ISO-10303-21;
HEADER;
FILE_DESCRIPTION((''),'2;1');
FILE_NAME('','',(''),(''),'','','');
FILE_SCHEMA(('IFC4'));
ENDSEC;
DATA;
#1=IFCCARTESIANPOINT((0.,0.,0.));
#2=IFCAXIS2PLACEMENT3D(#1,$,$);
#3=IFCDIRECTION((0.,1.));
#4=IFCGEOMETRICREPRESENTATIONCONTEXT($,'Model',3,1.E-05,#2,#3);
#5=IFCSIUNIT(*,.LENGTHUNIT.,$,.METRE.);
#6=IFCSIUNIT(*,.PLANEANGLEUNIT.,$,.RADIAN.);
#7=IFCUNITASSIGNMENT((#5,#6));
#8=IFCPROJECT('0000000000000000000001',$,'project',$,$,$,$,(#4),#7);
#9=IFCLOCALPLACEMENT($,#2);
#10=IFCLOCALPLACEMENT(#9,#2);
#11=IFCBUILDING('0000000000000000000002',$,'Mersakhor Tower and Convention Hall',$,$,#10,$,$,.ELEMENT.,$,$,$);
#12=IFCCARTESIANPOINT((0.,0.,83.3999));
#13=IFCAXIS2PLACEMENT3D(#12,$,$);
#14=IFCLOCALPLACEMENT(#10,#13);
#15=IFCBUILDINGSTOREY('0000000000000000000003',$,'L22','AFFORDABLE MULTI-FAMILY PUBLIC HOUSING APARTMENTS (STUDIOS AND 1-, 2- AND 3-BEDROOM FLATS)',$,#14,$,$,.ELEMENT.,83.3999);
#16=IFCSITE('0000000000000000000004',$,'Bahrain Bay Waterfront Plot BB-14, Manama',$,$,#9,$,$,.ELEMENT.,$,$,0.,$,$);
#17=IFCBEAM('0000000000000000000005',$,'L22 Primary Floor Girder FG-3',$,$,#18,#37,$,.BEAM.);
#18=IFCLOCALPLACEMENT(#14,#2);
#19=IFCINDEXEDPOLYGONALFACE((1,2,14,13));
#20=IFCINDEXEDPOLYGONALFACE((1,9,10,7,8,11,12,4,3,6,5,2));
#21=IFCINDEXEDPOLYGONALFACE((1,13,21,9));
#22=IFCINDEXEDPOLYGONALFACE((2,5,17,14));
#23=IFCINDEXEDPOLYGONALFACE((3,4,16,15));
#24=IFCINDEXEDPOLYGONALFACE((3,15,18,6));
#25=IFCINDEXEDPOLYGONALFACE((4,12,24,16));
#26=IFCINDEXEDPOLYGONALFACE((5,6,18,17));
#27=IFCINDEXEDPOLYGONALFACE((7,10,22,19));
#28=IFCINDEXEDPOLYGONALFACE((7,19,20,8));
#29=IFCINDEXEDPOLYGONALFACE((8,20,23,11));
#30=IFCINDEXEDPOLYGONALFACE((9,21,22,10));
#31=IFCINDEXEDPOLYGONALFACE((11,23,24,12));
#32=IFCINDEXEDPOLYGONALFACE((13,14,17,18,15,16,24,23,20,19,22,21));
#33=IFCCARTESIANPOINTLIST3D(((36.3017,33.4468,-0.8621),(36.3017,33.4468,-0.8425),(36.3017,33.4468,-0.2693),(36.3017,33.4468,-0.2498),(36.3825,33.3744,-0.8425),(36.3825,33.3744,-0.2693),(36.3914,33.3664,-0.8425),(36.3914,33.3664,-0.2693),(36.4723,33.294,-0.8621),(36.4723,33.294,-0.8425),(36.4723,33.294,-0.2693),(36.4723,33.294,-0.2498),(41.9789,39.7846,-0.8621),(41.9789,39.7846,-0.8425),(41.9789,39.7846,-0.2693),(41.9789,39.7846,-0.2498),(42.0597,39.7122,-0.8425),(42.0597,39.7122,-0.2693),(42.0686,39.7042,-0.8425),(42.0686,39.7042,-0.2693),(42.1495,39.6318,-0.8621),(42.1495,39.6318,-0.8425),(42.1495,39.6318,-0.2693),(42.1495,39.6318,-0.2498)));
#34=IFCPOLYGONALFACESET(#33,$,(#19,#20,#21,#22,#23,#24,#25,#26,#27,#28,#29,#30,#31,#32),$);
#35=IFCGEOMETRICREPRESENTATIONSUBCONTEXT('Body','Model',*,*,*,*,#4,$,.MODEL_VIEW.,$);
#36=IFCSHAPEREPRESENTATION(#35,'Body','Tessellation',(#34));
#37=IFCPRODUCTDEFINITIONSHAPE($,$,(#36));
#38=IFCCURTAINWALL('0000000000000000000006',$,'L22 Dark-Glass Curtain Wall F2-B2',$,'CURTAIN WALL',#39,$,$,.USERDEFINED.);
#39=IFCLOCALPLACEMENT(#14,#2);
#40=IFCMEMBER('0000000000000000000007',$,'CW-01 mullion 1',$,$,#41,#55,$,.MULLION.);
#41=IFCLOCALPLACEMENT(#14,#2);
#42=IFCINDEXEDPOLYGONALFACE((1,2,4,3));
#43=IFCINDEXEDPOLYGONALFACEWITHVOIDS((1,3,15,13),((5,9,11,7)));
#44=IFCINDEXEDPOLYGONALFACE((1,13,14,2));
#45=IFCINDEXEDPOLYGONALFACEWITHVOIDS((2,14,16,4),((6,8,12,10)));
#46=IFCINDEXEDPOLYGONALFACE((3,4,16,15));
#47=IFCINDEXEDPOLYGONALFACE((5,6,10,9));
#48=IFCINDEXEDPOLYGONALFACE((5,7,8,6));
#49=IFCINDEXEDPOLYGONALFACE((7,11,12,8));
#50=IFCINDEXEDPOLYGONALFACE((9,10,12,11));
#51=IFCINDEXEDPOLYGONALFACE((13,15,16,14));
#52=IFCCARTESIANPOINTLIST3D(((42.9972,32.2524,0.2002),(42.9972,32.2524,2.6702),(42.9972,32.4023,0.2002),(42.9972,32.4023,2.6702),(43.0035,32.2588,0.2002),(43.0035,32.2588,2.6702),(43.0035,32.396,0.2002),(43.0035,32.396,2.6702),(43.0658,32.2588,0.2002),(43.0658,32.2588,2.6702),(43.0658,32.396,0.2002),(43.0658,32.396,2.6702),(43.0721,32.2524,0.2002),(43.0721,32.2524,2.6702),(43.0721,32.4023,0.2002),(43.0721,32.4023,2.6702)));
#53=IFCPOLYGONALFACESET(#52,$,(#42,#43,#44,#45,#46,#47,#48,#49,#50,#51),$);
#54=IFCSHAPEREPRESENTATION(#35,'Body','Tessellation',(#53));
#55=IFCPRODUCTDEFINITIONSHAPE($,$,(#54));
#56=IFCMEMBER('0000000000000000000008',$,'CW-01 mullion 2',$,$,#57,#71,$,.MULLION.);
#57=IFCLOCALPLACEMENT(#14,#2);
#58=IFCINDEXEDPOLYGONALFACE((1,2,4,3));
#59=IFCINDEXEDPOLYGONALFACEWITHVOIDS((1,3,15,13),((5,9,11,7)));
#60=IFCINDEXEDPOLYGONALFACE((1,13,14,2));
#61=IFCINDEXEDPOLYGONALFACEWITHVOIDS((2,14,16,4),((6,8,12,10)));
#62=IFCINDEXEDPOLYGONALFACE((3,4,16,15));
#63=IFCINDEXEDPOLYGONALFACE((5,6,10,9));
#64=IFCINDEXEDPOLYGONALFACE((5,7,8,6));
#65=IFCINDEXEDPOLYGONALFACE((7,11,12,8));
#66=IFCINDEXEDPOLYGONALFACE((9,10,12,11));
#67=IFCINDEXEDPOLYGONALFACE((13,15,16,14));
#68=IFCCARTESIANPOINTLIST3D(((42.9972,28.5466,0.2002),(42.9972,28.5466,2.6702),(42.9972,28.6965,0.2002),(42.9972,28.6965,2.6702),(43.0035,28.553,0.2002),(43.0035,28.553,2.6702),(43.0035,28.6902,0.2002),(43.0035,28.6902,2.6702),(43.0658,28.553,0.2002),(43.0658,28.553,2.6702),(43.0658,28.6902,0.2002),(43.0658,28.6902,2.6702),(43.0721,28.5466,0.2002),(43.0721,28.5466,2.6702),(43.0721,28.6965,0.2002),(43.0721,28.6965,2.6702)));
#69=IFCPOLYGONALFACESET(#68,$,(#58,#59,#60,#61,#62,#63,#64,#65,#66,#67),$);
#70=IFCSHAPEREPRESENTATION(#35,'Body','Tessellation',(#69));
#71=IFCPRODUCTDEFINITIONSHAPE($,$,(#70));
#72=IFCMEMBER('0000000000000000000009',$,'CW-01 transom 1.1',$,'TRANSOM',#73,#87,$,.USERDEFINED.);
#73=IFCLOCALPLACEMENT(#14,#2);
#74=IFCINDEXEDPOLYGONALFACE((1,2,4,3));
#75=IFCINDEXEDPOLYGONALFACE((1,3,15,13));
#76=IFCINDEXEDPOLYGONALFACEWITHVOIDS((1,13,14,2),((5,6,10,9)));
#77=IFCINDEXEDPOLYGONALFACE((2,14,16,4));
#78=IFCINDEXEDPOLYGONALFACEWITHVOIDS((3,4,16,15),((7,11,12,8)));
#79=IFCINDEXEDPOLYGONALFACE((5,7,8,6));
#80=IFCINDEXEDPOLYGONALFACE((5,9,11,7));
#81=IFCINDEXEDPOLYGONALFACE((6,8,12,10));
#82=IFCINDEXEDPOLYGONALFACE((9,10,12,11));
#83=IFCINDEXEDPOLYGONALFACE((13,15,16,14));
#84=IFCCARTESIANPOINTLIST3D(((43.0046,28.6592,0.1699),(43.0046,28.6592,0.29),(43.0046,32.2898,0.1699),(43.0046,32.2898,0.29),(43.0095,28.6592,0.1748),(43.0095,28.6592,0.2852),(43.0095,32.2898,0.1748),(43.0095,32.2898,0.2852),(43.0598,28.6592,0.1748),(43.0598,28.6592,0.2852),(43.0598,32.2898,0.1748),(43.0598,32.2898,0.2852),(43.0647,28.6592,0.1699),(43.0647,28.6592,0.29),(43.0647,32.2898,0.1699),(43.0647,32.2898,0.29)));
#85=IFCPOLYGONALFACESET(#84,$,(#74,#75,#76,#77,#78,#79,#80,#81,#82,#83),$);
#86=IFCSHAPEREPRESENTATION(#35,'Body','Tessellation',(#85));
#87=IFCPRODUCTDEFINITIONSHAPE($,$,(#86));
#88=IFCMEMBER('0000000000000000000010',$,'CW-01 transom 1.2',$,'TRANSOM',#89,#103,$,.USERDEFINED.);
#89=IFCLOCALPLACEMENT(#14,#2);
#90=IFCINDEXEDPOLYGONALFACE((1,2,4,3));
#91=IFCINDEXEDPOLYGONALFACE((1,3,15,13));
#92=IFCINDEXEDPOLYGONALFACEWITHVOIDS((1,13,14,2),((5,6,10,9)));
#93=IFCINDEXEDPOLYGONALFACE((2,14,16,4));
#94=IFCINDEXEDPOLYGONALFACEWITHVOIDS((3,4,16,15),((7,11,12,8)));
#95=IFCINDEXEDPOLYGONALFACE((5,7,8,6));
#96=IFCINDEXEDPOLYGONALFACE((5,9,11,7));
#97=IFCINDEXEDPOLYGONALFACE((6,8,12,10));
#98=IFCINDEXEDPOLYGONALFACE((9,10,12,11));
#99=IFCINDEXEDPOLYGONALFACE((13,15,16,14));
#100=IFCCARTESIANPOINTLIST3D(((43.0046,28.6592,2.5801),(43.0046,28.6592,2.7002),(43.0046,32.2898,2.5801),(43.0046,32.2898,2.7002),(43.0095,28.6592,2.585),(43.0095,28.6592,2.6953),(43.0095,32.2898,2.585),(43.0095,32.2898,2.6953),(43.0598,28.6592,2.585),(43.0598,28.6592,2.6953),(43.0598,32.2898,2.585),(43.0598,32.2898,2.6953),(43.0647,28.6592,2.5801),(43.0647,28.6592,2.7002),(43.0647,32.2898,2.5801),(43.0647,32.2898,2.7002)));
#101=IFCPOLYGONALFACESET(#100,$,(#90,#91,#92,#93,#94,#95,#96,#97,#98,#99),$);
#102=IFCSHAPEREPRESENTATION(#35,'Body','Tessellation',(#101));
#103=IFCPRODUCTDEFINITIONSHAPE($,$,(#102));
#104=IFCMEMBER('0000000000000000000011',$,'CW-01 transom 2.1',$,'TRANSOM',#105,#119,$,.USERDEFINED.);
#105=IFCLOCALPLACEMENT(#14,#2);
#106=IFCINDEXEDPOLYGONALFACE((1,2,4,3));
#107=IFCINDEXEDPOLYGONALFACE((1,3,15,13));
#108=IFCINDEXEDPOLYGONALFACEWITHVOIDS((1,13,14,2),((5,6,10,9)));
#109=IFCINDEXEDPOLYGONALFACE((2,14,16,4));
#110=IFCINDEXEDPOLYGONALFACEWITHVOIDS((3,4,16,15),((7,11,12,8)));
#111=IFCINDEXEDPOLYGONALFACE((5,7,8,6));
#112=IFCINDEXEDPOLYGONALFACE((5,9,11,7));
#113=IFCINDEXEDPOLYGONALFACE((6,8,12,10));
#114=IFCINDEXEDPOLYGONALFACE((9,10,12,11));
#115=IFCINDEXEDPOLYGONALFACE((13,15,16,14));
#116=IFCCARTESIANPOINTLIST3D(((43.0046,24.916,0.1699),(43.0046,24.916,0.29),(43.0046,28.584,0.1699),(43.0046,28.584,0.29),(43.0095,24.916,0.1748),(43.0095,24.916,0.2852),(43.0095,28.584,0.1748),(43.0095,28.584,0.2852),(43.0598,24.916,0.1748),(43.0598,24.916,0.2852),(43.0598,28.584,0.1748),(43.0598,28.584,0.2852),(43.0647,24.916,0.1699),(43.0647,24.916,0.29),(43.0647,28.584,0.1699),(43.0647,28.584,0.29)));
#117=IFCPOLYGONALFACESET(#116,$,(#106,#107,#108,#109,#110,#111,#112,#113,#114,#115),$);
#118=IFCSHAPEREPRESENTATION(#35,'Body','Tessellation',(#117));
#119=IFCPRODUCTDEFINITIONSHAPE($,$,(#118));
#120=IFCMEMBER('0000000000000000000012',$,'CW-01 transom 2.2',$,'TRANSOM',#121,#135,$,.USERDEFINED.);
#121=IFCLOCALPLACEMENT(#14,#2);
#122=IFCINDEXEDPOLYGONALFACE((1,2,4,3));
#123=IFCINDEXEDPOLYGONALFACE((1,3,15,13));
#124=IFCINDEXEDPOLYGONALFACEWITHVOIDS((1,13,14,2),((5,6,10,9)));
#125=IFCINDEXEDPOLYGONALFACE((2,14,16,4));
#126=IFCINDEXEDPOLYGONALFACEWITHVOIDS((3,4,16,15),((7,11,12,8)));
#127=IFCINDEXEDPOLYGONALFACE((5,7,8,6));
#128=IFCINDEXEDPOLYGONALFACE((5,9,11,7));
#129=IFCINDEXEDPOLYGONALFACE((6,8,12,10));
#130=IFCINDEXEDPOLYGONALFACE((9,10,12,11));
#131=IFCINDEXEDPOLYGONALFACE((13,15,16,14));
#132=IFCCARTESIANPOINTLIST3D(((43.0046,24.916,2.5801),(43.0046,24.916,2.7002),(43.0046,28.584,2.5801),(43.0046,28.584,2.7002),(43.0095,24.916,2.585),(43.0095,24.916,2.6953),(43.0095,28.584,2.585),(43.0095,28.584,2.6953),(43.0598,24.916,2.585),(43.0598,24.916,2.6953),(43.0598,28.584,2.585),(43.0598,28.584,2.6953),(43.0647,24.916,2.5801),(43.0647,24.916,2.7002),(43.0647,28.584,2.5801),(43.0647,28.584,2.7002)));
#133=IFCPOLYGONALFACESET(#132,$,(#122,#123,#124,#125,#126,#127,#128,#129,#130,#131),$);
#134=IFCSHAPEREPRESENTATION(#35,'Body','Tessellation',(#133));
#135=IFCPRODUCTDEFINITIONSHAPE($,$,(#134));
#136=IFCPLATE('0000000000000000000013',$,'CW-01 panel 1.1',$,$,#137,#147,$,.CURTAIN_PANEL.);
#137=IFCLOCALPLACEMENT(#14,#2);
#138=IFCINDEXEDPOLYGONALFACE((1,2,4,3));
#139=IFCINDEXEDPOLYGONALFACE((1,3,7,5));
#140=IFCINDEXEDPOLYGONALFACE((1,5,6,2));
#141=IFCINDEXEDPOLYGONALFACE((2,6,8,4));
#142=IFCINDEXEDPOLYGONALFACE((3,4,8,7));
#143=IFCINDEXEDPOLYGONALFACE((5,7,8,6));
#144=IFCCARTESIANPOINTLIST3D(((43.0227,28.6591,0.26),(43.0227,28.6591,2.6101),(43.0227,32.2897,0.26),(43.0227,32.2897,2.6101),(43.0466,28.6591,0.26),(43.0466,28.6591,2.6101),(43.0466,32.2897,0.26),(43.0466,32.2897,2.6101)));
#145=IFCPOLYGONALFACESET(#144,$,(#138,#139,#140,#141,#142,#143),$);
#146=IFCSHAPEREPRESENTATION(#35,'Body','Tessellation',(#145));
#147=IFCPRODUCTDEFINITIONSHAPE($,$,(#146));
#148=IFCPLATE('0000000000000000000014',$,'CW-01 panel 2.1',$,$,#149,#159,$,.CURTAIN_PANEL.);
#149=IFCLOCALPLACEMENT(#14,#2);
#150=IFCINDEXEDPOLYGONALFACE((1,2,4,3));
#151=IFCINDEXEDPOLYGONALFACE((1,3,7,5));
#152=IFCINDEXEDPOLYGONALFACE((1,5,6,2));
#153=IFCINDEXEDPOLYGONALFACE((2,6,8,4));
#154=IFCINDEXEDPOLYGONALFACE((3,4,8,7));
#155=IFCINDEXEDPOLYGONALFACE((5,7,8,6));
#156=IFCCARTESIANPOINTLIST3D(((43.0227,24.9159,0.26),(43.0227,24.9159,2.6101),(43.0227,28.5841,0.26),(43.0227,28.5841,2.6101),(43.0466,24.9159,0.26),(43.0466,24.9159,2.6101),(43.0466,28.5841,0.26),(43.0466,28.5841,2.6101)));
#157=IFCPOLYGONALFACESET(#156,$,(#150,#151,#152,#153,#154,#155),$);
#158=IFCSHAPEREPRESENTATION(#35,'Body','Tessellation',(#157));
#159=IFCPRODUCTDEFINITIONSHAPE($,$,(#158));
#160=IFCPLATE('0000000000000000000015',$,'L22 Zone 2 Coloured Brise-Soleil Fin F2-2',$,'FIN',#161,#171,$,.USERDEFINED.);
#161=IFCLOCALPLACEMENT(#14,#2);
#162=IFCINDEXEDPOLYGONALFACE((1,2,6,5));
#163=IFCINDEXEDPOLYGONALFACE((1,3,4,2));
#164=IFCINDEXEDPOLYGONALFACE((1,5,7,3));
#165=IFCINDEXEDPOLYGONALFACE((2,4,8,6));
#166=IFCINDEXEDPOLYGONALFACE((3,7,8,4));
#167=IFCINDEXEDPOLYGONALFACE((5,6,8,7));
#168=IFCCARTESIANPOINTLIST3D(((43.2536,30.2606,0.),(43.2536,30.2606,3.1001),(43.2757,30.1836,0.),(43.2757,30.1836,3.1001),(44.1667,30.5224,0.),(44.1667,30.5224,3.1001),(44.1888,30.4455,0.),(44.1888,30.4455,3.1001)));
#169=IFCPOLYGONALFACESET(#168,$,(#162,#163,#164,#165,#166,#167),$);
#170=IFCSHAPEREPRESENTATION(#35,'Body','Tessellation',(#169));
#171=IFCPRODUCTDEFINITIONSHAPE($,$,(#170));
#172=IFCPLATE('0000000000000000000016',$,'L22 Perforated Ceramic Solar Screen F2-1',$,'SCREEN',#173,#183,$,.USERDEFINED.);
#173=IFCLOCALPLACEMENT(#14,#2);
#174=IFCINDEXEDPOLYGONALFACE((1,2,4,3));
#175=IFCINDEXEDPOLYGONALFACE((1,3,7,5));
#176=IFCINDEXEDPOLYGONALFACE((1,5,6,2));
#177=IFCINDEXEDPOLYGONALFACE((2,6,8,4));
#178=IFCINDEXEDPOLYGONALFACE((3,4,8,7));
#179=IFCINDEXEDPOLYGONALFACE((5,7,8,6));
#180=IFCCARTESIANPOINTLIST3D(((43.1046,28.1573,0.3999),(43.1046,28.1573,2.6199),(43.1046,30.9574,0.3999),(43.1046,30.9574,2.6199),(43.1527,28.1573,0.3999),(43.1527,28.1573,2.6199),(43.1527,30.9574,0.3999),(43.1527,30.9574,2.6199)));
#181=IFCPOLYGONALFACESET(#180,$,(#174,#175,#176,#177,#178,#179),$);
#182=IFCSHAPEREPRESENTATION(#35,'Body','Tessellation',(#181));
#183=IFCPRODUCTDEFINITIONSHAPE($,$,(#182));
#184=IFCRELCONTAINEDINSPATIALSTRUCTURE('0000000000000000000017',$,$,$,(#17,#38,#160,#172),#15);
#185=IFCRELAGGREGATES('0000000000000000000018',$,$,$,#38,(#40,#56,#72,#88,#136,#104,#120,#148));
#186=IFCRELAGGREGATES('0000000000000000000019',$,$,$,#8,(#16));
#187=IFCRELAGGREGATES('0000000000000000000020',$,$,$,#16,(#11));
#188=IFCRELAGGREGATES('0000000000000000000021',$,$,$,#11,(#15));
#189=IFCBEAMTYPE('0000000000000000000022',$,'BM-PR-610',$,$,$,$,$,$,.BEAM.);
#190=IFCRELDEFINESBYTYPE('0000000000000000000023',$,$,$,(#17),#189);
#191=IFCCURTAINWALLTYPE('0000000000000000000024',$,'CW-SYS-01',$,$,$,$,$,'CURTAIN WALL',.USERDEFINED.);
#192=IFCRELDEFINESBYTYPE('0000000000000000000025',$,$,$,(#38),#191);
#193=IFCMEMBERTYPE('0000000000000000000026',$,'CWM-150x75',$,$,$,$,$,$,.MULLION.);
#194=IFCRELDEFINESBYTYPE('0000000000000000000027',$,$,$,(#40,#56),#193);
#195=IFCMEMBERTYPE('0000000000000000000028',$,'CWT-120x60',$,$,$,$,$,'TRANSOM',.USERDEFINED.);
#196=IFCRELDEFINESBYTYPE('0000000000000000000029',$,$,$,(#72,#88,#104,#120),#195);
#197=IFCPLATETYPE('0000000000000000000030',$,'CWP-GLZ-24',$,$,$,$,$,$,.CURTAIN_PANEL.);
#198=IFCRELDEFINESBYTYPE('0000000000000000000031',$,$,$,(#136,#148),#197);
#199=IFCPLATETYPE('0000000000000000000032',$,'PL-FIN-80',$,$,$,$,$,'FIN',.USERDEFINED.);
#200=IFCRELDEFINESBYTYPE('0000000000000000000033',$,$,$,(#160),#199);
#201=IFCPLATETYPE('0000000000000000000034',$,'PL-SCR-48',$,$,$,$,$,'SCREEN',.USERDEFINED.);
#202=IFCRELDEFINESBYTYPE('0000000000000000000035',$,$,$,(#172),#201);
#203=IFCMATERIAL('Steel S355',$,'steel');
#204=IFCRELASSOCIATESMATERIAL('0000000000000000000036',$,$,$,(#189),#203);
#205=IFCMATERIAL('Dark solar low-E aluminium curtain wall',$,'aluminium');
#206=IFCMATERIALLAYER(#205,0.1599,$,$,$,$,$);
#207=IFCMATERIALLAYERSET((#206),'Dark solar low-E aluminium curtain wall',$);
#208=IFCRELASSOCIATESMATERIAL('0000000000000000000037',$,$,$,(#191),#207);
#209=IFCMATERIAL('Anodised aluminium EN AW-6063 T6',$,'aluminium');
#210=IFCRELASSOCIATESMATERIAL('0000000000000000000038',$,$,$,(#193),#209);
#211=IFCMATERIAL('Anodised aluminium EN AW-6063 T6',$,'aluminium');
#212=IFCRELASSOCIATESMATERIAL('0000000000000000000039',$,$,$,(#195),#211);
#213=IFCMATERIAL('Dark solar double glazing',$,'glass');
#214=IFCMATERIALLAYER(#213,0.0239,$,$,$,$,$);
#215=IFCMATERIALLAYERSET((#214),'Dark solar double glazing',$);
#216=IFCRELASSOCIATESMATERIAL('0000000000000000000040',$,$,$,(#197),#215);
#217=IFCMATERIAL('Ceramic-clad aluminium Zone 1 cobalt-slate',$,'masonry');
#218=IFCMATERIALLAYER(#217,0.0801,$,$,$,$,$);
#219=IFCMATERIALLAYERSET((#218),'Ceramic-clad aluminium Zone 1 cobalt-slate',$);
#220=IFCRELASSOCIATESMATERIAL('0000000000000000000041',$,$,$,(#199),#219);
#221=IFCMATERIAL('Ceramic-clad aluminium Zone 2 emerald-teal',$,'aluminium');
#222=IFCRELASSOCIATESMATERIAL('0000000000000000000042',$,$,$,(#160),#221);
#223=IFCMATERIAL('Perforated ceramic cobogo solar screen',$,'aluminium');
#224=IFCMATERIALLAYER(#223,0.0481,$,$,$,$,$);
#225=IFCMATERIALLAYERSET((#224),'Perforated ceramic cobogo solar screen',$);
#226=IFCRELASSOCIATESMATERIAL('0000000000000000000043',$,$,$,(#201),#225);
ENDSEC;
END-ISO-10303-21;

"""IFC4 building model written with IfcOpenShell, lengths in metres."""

from ifc_helpers import new_model, si_unit, direction, frame, origin, origin_2d, place, context, subcontext, project, spatial, rectangle, hollow_rectangle, i_section, extrude, material, layer, layer_set, material_profile, profile_set, type_object, element, aggregate, save


model = new_model("IFC4")

# Units and contexts
model_context = context("Model", 3, precision=1e-05, world=origin(), true_north=direction((0.0, 1.0)))
body_context = subcontext(model_context, "Body", "Model", "MODEL_VIEW")
ifc_project = project(units=[si_unit("LENGTHUNIT", "METRE"), si_unit("PLANEANGLEUNIT", "RADIAN")], contexts=[model_context])

# Site, building, storey
site_placement = place(None, origin())
site = spatial("IfcSite", under=ifc_project, at=site_placement, Name="Bahrain Bay Waterfront Plot BB-14, Manama", CompositionType="ELEMENT", RefElevation=0.0)
building_placement = place(site_placement, origin())
building = spatial("IfcBuilding", under=site, at=building_placement, Name="Mersakhor Tower and Convention Hall", CompositionType="ELEMENT")
storey_placement = place(building_placement, frame((0.0, 0.0, 83.3999)))
storey = spatial("IfcBuildingStorey", under=building, at=storey_placement, Name="L22", Description="AFFORDABLE MULTI-FAMILY PUBLIC HOUSING APARTMENTS (STUDIOS AND 1-, 2- AND 3-BEDROOM FLATS)", CompositionType="ELEMENT", Elevation=83.3999)

# Beam
ifc_material_1 = material(Name="Steel S355", Category="steel")
ifc_material_profile_1 = material_profile(ifc_material_1, i_section(OverallWidth=0.229, OverallDepth=0.6123, WebThickness=0.012, FlangeThickness=0.0195, at=origin_2d()), Name="UB 610x229x125")
ifc_profile_set_1 = profile_set([ifc_material_profile_1], Name="Steel S355")
beam_type = type_object("IfcBeamType", Name="BM-PR-610", PredefinedType="BEAM", material=ifc_profile_set_1)
beam_placement = place(storey_placement, frame((36.387, 33.3704, -0.5559), z_axis=(0.667219, 0.744861, 0.0), x_axis=(-0.744861, 0.667219, 0.0)))
element("IfcBeam", 1, at=beam_placement, inside=storey, type_object=beam_type, Name="L22 Primary Floor Girder FG-3", PredefinedType="BEAM", context=body_context, shape_type="SweptSolid", body=[
    extrude(i_section(OverallWidth=0.229, OverallDepth=0.6123, WebThickness=0.012, FlangeThickness=0.0195, at=origin_2d()), origin(), (0.0, 0.0, 1.0), 8.5088),
])

# Curtain wall, members, plates
ifc_material_2 = material(Name="Dark solar low-E aluminium curtain wall", Category="aluminium")
ifc_layer_1 = layer(ifc_material_2, 0.1599)
ifc_layer_set_1 = layer_set([ifc_layer_1], Name="Dark solar low-E aluminium curtain wall")
curtain_wall_type = type_object("IfcCurtainWallType", Name="CW-SYS-01", ElementType="CURTAIN WALL", PredefinedType="USERDEFINED", material=ifc_layer_set_1)
curtain_wall_placement = place(storey_placement, origin())
curtain_wall = element("IfcCurtainWall", 2, at=curtain_wall_placement, inside=storey, type_object=curtain_wall_type, Name="L22 Dark-Glass Curtain Wall F2-B2", ObjectType="CURTAIN WALL", PredefinedType="USERDEFINED")
ifc_material_3 = material(Name="Anodised aluminium EN AW-6063 T6", Category="aluminium")
ifc_material_profile_2 = material_profile(ifc_material_3, hollow_rectangle(XDim=0.075, YDim=0.1499, WallThickness=0.0063, at=origin_2d()), Name="RHS 150x75x6.3")
ifc_profile_set_2 = profile_set([ifc_material_profile_2], Name="Anodised aluminium EN AW-6063 T6")
member_type_1 = type_object("IfcMemberType", Name="CWM-150x75", PredefinedType="MULLION", material=ifc_profile_set_2)
member_1_placement = place(storey_placement, frame((43.0347, 32.3274, 0.2002), z_axis=(0.0, 0.0, 1.0), x_axis=(1.0, 0.0, 0.0)))
member_1 = element("IfcMember", 3, at=member_1_placement, type_object=member_type_1, Name="CW-01 mullion 1", PredefinedType="MULLION", context=body_context, shape_type="SweptSolid", body=[
    extrude(hollow_rectangle(XDim=0.075, YDim=0.1499, WallThickness=0.0063, at=origin_2d()), origin(), (0.0, 0.0, 1.0), 2.47),
])
member_2_placement = place(storey_placement, frame((43.0347, 28.6216, 0.2002), z_axis=(0.0, 0.0, 1.0), x_axis=(1.0, 0.0, 0.0)))
member_2 = element("IfcMember", 4, at=member_2_placement, type_object=member_type_1, Name="CW-01 mullion 2", PredefinedType="MULLION", context=body_context, shape_type="SweptSolid", body=[
    extrude(hollow_rectangle(XDim=0.075, YDim=0.1499, WallThickness=0.0063, at=origin_2d()), origin(), (0.0, 0.0, 1.0), 2.47),
])
ifc_material_4 = material(Name="Anodised aluminium EN AW-6063 T6", Category="aluminium")
ifc_material_profile_3 = material_profile(ifc_material_4, hollow_rectangle(XDim=0.0601, YDim=0.1201, WallThickness=0.0049, at=origin_2d()), Name="RHS 120x60x5")
ifc_profile_set_3 = profile_set([ifc_material_profile_3], Name="Anodised aluminium EN AW-6063 T6")
member_type_2 = type_object("IfcMemberType", Name="CWT-120x60", ElementType="TRANSOM", PredefinedType="USERDEFINED", material=ifc_profile_set_3)
member_3_placement = place(storey_placement, frame((43.0347, 32.2898, 0.23), z_axis=(0.0, -1.0, 0.0), x_axis=(1.0, 0.0, 0.0)))
member_3 = element("IfcMember", 5, at=member_3_placement, type_object=member_type_2, Name="CW-01 transom 1.1", ObjectType="TRANSOM", PredefinedType="USERDEFINED", context=body_context, shape_type="SweptSolid", body=[
    extrude(hollow_rectangle(XDim=0.0601, YDim=0.1201, WallThickness=0.0049, at=origin_2d()), origin(), (0.0, 0.0, 1.0), 3.6306),
])
member_4_placement = place(storey_placement, frame((43.0347, 32.2898, 2.6401), z_axis=(0.0, -1.0, 0.0), x_axis=(1.0, 0.0, 0.0)))
member_4 = element("IfcMember", 6, at=member_4_placement, type_object=member_type_2, Name="CW-01 transom 1.2", ObjectType="TRANSOM", PredefinedType="USERDEFINED", context=body_context, shape_type="SweptSolid", body=[
    extrude(hollow_rectangle(XDim=0.0601, YDim=0.1201, WallThickness=0.0049, at=origin_2d()), origin(), (0.0, 0.0, 1.0), 3.6306),
])
member_5_placement = place(storey_placement, frame((43.0347, 28.584, 0.23), z_axis=(0.0, -1.0, 0.0), x_axis=(1.0, 0.0, 0.0)))
member_5 = element("IfcMember", 7, at=member_5_placement, type_object=member_type_2, Name="CW-01 transom 2.1", ObjectType="TRANSOM", PredefinedType="USERDEFINED", context=body_context, shape_type="SweptSolid", body=[
    extrude(hollow_rectangle(XDim=0.0601, YDim=0.1201, WallThickness=0.0049, at=origin_2d()), origin(), (0.0, 0.0, 1.0), 3.668),
])
member_6_placement = place(storey_placement, frame((43.0347, 28.584, 2.6401), z_axis=(0.0, -1.0, 0.0), x_axis=(1.0, 0.0, 0.0)))
member_6 = element("IfcMember", 8, at=member_6_placement, type_object=member_type_2, Name="CW-01 transom 2.2", ObjectType="TRANSOM", PredefinedType="USERDEFINED", context=body_context, shape_type="SweptSolid", body=[
    extrude(hollow_rectangle(XDim=0.0601, YDim=0.1201, WallThickness=0.0049, at=origin_2d()), origin(), (0.0, 0.0, 1.0), 3.668),
])
ifc_material_5 = material(Name="Dark solar double glazing", Category="glass")
ifc_layer_2 = layer(ifc_material_5, 0.0239)
ifc_layer_set_2 = layer_set([ifc_layer_2], Name="Dark solar double glazing")
plate_type_1 = type_object("IfcPlateType", Name="CWP-GLZ-24", PredefinedType="CURTAIN_PANEL", material=ifc_layer_set_2)
plate_1_placement = place(storey_placement, frame((43.0347, 30.4744, 0.26), z_axis=(0.0, 0.0, 1.0), x_axis=(0.0, -1.0, 0.0)))
plate_1 = element("IfcPlate", 9, at=plate_1_placement, type_object=plate_type_1, Name="CW-01 panel 1.1", PredefinedType="CURTAIN_PANEL", context=body_context, shape_type="SweptSolid", body=[
    extrude(rectangle(XDim=3.6306, YDim=0.0239, at=origin_2d()), origin(), (0.0, 0.0, 1.0), 2.3501),
])
plate_2_placement = place(storey_placement, frame((43.0347, 26.75, 0.26), z_axis=(0.0, 0.0, 1.0), x_axis=(0.0, -1.0, 0.0)))
plate_2 = element("IfcPlate", 10, at=plate_2_placement, type_object=plate_type_1, Name="CW-01 panel 2.1", PredefinedType="CURTAIN_PANEL", context=body_context, shape_type="SweptSolid", body=[
    extrude(rectangle(XDim=3.6682, YDim=0.0239, at=origin_2d()), origin(), (0.0, 0.0, 1.0), 2.3501),
])
aggregate(curtain_wall, [member_1, member_2, member_3, member_4, plate_1, member_5, member_6, plate_2])

# Plates
ifc_material_6 = material(Name="Ceramic-clad aluminium Zone 2 emerald-teal", Category="aluminium")
ifc_material_7 = material(Name="Ceramic-clad aluminium Zone 1 cobalt-slate", Category="masonry")
ifc_layer_3 = layer(ifc_material_7, 0.0801)
ifc_layer_set_3 = layer_set([ifc_layer_3], Name="Ceramic-clad aluminium Zone 1 cobalt-slate")
plate_type_2 = type_object("IfcPlateType", Name="PL-FIN-80", ElementType="FIN", PredefinedType="USERDEFINED", material=ifc_layer_set_3)
plate_3_placement = place(storey_placement, frame((43.7212, 30.353, 0.0), z_axis=(0.0, 0.0, 1.0), x_axis=(0.961262, 0.275637, 0.0)))
element("IfcPlate", 11, at=plate_3_placement, inside=storey, type_object=plate_type_2, material=ifc_material_6, Name="L22 Zone 2 Coloured Brise-Soleil Fin F2-2", ObjectType="FIN", PredefinedType="USERDEFINED", context=body_context, shape_type="SweptSolid", body=[
    extrude(rectangle(XDim=0.95, YDim=0.0801, at=origin_2d()), origin(), (0.0, 0.0, 1.0), 3.1001),
])
ifc_material_8 = material(Name="Perforated ceramic cobogo solar screen", Category="aluminium")
ifc_layer_4 = layer(ifc_material_8, 0.0481)
ifc_layer_set_4 = layer_set([ifc_layer_4], Name="Perforated ceramic cobogo solar screen")
plate_type_3 = type_object("IfcPlateType", Name="PL-SCR-48", ElementType="SCREEN", PredefinedType="USERDEFINED", material=ifc_layer_set_4)
plate_4_placement = place(storey_placement, frame((43.1287, 29.5574, 0.3999), z_axis=(0.0, 0.0, 1.0), x_axis=(0.0, -1.0, 0.0)))
element("IfcPlate", 12, at=plate_4_placement, inside=storey, type_object=plate_type_3, Name="L22 Perforated Ceramic Solar Screen F2-1", ObjectType="SCREEN", PredefinedType="USERDEFINED", context=body_context, shape_type="SweptSolid", body=[
    extrude(rectangle(XDim=2.8, YDim=0.0481, at=origin_2d()), origin(), (0.0, 0.0, 1.0), 2.22),
])

save(model, "model.ifc")
